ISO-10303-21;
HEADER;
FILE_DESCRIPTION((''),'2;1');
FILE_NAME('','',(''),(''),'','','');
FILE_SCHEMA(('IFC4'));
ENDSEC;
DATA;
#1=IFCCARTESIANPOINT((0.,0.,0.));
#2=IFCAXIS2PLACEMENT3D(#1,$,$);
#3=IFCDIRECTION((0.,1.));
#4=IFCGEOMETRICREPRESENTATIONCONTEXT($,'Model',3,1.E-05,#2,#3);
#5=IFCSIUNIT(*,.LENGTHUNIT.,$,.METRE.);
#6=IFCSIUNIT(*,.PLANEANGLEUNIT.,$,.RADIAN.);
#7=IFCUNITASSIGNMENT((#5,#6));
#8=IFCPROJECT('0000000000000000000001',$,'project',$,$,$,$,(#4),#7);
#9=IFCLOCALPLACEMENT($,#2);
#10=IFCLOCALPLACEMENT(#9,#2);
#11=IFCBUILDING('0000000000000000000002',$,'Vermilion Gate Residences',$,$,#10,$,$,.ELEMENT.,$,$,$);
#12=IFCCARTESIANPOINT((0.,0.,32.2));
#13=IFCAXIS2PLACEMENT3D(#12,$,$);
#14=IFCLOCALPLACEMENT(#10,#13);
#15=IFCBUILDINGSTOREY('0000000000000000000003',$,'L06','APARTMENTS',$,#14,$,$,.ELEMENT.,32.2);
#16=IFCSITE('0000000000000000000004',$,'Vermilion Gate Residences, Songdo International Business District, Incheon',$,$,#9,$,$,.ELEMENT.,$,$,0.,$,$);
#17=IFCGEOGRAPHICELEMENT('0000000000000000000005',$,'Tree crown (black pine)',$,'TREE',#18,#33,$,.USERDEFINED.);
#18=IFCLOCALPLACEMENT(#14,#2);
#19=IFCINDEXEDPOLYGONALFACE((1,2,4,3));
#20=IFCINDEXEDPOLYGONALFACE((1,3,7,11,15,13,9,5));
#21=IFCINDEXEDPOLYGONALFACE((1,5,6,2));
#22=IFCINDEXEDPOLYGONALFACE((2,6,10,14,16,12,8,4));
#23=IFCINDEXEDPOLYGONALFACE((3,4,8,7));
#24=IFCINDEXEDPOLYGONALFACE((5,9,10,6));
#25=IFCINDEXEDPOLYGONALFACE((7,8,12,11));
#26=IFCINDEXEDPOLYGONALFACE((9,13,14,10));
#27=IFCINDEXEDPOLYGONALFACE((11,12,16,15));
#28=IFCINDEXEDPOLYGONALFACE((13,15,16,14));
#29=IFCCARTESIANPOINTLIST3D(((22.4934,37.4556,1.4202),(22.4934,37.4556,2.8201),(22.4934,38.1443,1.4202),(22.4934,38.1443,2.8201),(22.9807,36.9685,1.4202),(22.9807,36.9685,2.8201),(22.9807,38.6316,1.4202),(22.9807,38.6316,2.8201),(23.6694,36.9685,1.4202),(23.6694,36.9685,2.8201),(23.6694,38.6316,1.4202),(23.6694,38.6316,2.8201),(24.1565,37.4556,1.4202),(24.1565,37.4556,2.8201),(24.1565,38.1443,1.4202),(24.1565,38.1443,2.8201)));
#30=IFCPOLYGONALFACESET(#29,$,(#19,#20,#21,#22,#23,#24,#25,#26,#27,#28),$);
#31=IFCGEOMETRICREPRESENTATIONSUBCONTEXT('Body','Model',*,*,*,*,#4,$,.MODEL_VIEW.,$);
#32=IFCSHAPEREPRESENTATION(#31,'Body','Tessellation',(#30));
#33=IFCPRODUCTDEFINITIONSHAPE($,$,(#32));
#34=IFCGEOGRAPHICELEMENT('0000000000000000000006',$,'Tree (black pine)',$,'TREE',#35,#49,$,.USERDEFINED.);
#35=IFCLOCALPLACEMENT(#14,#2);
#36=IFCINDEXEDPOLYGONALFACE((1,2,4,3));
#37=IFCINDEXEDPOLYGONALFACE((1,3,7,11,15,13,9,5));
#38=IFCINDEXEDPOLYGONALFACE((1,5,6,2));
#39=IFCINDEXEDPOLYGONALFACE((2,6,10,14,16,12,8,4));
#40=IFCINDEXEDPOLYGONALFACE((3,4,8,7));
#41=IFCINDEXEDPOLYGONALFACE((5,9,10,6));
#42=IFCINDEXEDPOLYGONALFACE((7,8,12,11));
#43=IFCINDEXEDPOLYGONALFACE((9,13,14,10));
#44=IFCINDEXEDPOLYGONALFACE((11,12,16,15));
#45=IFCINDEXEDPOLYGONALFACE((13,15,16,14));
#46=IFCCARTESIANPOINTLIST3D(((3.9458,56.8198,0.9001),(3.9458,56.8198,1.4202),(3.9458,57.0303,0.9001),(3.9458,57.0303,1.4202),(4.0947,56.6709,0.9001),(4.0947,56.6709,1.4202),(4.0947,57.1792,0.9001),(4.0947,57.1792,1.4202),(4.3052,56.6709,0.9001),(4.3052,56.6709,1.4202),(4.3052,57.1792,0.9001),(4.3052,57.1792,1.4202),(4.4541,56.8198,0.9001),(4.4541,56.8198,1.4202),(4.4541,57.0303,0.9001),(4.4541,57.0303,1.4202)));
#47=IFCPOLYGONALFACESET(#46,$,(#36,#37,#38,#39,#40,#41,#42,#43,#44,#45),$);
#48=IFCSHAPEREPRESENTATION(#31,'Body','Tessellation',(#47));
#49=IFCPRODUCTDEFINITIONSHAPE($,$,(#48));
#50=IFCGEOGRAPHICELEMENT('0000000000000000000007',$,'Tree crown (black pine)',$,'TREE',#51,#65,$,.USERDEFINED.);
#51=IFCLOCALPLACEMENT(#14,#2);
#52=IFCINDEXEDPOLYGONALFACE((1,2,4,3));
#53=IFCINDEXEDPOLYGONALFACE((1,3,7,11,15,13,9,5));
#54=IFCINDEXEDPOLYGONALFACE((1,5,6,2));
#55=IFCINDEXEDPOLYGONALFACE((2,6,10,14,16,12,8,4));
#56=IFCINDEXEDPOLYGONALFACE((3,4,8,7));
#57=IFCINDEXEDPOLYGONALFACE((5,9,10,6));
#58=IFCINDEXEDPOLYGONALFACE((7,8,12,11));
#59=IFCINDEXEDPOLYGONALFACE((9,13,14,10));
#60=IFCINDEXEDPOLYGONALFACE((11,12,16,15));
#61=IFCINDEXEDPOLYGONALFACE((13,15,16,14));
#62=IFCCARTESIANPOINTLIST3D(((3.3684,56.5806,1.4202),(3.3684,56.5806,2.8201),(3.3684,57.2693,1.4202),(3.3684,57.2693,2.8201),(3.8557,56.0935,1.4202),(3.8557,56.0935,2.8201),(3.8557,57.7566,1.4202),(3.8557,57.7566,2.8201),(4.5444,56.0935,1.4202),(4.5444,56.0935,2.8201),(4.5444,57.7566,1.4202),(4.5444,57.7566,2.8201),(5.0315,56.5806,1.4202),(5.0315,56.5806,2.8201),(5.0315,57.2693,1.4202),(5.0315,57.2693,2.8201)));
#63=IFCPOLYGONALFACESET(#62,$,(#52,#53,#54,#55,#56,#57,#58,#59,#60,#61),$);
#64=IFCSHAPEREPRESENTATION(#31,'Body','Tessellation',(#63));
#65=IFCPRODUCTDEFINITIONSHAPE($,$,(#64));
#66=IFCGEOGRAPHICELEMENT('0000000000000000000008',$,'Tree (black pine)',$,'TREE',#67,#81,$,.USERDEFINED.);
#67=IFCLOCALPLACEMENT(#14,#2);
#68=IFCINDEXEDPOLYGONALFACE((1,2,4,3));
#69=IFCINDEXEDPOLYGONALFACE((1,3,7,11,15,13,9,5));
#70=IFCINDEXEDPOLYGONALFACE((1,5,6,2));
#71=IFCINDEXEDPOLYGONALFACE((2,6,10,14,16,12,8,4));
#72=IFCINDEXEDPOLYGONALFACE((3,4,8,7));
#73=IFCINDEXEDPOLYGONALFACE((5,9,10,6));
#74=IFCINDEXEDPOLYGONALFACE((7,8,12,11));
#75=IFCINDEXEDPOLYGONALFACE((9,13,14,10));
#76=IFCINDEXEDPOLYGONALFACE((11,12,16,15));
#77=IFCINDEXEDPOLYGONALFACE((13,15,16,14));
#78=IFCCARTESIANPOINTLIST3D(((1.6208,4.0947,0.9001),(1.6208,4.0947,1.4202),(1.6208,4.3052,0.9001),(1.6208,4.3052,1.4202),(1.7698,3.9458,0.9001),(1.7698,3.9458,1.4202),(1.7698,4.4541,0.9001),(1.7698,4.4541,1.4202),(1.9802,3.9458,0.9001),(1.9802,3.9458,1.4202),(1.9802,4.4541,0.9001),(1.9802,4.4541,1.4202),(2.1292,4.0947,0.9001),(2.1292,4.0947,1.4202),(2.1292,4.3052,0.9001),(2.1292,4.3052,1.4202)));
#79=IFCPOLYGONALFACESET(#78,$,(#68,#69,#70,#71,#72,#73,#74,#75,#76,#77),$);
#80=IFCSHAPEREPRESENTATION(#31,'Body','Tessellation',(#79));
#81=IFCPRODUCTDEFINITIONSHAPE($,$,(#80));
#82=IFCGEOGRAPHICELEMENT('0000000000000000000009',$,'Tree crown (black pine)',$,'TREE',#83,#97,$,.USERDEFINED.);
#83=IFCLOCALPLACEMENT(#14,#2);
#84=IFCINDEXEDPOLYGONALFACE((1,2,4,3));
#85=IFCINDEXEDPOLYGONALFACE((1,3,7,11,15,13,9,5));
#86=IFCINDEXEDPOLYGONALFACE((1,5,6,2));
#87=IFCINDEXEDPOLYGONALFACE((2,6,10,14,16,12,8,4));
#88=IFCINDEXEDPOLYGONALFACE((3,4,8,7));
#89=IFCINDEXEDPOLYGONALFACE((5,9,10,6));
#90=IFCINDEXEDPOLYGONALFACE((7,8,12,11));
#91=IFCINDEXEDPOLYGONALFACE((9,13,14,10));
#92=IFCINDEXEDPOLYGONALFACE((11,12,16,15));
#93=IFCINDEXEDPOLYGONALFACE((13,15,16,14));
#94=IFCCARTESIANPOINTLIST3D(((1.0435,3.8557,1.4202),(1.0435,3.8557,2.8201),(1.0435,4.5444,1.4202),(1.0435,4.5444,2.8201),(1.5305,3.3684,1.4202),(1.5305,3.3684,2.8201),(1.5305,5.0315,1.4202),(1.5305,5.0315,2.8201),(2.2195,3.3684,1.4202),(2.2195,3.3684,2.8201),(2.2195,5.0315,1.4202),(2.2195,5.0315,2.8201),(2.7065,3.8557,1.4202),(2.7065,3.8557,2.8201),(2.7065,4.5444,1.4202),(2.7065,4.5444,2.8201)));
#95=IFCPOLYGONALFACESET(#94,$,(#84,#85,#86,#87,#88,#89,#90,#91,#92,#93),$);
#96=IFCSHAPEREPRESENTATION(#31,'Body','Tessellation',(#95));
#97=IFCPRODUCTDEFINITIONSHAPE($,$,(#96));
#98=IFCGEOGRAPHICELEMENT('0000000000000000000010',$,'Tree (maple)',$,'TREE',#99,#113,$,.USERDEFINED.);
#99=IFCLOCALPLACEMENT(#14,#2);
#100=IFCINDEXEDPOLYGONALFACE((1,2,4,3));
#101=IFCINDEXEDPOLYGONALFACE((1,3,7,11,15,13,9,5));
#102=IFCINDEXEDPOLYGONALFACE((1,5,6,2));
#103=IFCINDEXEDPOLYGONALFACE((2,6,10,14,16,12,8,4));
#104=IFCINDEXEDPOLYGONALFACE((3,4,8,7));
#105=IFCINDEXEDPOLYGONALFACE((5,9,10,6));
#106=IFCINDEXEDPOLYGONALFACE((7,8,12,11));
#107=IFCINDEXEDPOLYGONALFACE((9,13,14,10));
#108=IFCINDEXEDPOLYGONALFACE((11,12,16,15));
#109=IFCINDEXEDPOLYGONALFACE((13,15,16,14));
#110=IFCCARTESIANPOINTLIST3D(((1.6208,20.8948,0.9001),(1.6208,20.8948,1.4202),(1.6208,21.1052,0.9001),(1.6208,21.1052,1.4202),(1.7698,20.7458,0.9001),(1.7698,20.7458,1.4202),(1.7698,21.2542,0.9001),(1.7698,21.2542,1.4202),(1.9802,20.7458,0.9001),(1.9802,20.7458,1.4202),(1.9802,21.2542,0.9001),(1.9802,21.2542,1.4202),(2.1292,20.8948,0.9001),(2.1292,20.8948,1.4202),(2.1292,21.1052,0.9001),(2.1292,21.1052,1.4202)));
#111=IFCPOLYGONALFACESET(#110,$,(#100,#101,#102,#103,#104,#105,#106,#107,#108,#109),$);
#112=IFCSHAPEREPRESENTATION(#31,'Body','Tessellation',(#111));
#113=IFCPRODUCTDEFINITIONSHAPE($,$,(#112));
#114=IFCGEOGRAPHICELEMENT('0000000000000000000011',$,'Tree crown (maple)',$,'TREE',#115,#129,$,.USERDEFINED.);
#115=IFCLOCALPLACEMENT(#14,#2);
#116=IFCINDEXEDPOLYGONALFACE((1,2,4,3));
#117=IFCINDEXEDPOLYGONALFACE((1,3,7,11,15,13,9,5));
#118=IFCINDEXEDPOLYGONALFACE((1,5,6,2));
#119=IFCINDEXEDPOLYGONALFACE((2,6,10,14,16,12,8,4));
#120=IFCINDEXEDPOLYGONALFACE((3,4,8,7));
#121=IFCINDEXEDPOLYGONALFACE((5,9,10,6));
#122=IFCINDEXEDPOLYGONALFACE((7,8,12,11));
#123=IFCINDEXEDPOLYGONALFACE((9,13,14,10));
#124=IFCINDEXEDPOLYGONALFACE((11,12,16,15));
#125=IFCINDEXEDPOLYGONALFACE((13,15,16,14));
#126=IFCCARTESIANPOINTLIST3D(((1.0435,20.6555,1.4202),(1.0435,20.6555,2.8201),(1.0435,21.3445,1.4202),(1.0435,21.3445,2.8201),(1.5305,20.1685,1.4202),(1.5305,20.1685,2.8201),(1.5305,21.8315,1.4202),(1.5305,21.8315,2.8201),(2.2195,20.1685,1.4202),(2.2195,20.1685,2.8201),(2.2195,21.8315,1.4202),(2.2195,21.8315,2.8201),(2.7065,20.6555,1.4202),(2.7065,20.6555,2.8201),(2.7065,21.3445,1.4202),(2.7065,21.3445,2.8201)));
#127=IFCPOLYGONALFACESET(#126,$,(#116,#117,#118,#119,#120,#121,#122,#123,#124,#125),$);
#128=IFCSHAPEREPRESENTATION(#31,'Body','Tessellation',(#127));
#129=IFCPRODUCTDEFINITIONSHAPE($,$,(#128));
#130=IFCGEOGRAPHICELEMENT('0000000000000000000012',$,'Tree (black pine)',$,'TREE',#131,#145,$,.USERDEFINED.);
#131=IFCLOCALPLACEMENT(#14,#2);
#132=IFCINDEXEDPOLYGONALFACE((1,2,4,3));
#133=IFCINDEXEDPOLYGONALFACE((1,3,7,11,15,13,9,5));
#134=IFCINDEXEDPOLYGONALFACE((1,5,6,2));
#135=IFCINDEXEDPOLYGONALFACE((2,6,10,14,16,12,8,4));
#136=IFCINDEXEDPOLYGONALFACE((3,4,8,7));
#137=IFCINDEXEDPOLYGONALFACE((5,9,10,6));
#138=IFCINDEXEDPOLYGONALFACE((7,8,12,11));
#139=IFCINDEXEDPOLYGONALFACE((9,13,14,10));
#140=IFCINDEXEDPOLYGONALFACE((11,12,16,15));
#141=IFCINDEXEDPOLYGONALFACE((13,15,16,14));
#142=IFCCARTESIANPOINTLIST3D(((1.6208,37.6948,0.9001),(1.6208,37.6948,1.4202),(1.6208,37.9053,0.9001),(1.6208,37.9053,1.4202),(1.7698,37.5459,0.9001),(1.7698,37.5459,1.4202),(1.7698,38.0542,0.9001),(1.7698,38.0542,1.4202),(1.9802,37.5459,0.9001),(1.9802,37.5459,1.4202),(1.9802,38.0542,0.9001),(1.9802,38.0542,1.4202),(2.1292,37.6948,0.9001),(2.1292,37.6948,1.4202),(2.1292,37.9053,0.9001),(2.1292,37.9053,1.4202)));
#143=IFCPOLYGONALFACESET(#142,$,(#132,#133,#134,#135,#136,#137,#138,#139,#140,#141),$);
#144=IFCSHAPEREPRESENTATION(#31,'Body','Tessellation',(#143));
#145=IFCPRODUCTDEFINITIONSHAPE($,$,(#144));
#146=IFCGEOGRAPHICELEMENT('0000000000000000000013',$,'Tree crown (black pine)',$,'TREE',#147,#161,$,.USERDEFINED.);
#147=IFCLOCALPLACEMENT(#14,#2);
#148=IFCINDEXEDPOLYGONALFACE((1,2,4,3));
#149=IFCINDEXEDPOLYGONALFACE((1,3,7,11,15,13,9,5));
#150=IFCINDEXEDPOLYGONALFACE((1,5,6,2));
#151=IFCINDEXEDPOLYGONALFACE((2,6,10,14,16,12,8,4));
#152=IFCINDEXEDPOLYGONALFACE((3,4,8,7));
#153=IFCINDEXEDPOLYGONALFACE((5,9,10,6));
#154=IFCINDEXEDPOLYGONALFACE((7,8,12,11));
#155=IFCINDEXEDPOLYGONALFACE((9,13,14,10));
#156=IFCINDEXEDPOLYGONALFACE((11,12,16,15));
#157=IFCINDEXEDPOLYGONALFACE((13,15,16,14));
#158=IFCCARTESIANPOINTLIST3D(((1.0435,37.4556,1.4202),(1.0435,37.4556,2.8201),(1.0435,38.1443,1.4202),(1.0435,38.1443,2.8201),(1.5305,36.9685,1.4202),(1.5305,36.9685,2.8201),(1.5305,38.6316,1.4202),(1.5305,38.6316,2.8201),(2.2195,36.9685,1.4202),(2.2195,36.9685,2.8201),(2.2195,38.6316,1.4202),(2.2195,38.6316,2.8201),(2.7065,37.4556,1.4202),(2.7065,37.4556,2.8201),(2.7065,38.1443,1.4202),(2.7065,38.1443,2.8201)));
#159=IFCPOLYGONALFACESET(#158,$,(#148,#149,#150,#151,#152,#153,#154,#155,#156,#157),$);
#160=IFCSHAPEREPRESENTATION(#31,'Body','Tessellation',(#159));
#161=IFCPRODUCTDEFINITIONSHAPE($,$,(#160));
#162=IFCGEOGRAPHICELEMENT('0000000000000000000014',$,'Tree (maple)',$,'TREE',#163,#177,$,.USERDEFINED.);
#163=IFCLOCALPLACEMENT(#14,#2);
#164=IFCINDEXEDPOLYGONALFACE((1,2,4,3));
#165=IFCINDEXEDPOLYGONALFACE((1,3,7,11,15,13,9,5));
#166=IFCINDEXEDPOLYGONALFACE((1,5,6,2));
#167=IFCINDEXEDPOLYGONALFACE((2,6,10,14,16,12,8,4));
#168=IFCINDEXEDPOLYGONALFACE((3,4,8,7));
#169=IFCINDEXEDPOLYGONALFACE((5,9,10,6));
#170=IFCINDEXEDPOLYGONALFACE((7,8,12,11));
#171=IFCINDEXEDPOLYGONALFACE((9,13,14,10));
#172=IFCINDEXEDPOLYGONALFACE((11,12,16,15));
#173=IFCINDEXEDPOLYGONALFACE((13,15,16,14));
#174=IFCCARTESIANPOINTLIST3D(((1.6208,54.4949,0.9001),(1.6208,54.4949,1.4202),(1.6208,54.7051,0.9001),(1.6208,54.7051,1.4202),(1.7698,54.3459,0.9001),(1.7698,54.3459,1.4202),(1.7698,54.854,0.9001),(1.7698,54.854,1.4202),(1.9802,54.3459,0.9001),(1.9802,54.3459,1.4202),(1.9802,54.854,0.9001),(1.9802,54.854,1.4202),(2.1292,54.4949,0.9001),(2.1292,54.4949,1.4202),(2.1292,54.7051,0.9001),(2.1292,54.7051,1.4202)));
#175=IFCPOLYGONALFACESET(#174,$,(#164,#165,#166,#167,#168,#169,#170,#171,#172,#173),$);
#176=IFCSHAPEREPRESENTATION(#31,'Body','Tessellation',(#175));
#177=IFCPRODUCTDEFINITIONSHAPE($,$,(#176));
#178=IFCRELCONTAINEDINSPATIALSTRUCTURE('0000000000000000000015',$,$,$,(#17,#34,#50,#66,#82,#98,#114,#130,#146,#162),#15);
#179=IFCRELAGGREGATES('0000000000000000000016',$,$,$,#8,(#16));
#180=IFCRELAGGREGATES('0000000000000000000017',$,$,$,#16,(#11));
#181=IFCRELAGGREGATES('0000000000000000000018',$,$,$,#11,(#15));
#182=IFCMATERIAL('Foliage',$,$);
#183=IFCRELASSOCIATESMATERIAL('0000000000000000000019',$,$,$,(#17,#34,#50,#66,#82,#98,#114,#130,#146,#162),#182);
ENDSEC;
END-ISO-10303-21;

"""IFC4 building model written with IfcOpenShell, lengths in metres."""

from ifc_helpers import new_model, si_unit, direction, frame, origin, place, context, subcontext, project, spatial, polyline, outline, extrude, material, element, save


model = new_model("IFC4")

# Units and contexts
model_context = context("Model", 3, precision=1e-05, world=origin(), true_north=direction((0.0, 1.0)))
body_context = subcontext(model_context, "Body", "Model", "MODEL_VIEW")
ifc_project = project(units=[si_unit("LENGTHUNIT", "METRE"), si_unit("PLANEANGLEUNIT", "RADIAN")], contexts=[model_context])

# Site, building, storey
site_placement = place(None, origin())
site = spatial("IfcSite", under=ifc_project, at=site_placement, Name="Vermilion Gate Residences, Songdo International Business District, Incheon", CompositionType="ELEMENT", RefElevation=0.0)
building_placement = place(site_placement, origin())
building = spatial("IfcBuilding", under=site, at=building_placement, Name="Vermilion Gate Residences", CompositionType="ELEMENT")
storey_placement = place(building_placement, frame((0.0, 0.0, 32.2)))
storey = spatial("IfcBuildingStorey", under=building, at=storey_placement, Name="L06", Description="APARTMENTS", CompositionType="ELEMENT", Elevation=32.2)

# Geographic elements
ifc_material_1 = material(Name="Foliage")
geographic_element_1_placement = place(storey_placement, frame((0.0, 0.0, 1.4202)))
element("IfcGeographicElement", 1, at=geographic_element_1_placement, inside=storey, material=ifc_material_1, Name="Tree crown (black pine)", ObjectType="TREE", PredefinedType="USERDEFINED", context=body_context, shape_type="SweptSolid", body=[
    extrude(outline(polyline([(24.1565, 38.1443), (23.6694, 38.6316), (22.9807, 38.6316), (22.4934, 38.1443), (22.4934, 37.4556), (22.9807, 36.9685), (23.6694, 36.9685), (24.1565, 37.4556), (24.1565, 38.1443)])), origin(), (0.0, 0.0, 1.0), 1.3999),
])
geographic_element_2_placement = place(storey_placement, frame((0.0, 0.0, 0.9001)))
element("IfcGeographicElement", 2, at=geographic_element_2_placement, inside=storey, material=ifc_material_1, Name="Tree (black pine)", ObjectType="TREE", PredefinedType="USERDEFINED", context=body_context, shape_type="SweptSolid", body=[
    extrude(outline(polyline([(4.4541, 57.0303), (4.3052, 57.1792), (4.0947, 57.1792), (3.9458, 57.0303), (3.9458, 56.8198), (4.0947, 56.6709), (4.3052, 56.6709), (4.4541, 56.8198), (4.4541, 57.0303)])), origin(), (0.0, 0.0, 1.0), 0.52),
])
geographic_element_3_placement = place(storey_placement, frame((0.0, 0.0, 1.4202)))
element("IfcGeographicElement", 3, at=geographic_element_3_placement, inside=storey, material=ifc_material_1, Name="Tree crown (black pine)", ObjectType="TREE", PredefinedType="USERDEFINED", context=body_context, shape_type="SweptSolid", body=[
    extrude(outline(polyline([(5.0315, 57.2693), (4.5444, 57.7566), (3.8557, 57.7566), (3.3684, 57.2693), (3.3684, 56.5806), (3.8557, 56.0935), (4.5444, 56.0935), (5.0315, 56.5806), (5.0315, 57.2693)])), origin(), (0.0, 0.0, 1.0), 1.3999),
])
geographic_element_4_placement = place(storey_placement, frame((0.0, 0.0, 0.9001)))
element("IfcGeographicElement", 4, at=geographic_element_4_placement, inside=storey, material=ifc_material_1, Name="Tree (black pine)", ObjectType="TREE", PredefinedType="USERDEFINED", context=body_context, shape_type="SweptSolid", body=[
    extrude(outline(polyline([(2.1292, 4.3052), (1.9802, 4.4541), (1.7698, 4.4541), (1.6208, 4.3052), (1.6208, 4.0947), (1.7698, 3.9458), (1.9802, 3.9458), (2.1292, 4.0947), (2.1292, 4.3052)])), origin(), (0.0, 0.0, 1.0), 0.52),
])
geographic_element_5_placement = place(storey_placement, frame((0.0, 0.0, 1.4202)))
element("IfcGeographicElement", 5, at=geographic_element_5_placement, inside=storey, material=ifc_material_1, Name="Tree crown (black pine)", ObjectType="TREE", PredefinedType="USERDEFINED", context=body_context, shape_type="SweptSolid", body=[
    extrude(outline(polyline([(2.7065, 4.5444), (2.2195, 5.0315), (1.5305, 5.0315), (1.0435, 4.5444), (1.0435, 3.8557), (1.5305, 3.3684), (2.2195, 3.3684), (2.7065, 3.8557), (2.7065, 4.5444)])), origin(), (0.0, 0.0, 1.0), 1.3999),
])
geographic_element_6_placement = place(storey_placement, frame((0.0, 0.0, 0.9001)))
element("IfcGeographicElement", 6, at=geographic_element_6_placement, inside=storey, material=ifc_material_1, Name="Tree (maple)", ObjectType="TREE", PredefinedType="USERDEFINED", context=body_context, shape_type="SweptSolid", body=[
    extrude(outline(polyline([(2.1292, 21.1052), (1.9802, 21.2542), (1.7698, 21.2542), (1.6208, 21.1052), (1.6208, 20.8948), (1.7698, 20.7458), (1.9802, 20.7458), (2.1292, 20.8948), (2.1292, 21.1052)])), origin(), (0.0, 0.0, 1.0), 0.52),
])
geographic_element_7_placement = place(storey_placement, frame((0.0, 0.0, 1.4202)))
element("IfcGeographicElement", 7, at=geographic_element_7_placement, inside=storey, material=ifc_material_1, Name="Tree crown (maple)", ObjectType="TREE", PredefinedType="USERDEFINED", context=body_context, shape_type="SweptSolid", body=[
    extrude(outline(polyline([(2.7065, 21.3445), (2.2195, 21.8315), (1.5305, 21.8315), (1.0435, 21.3445), (1.0435, 20.6555), (1.5305, 20.1685), (2.2195, 20.1685), (2.7065, 20.6555), (2.7065, 21.3445)])), origin(), (0.0, 0.0, 1.0), 1.3999),
])
geographic_element_8_placement = place(storey_placement, frame((0.0, 0.0, 0.9001)))
element("IfcGeographicElement", 8, at=geographic_element_8_placement, inside=storey, material=ifc_material_1, Name="Tree (black pine)", ObjectType="TREE", PredefinedType="USERDEFINED", context=body_context, shape_type="SweptSolid", body=[
    extrude(outline(polyline([(2.1292, 37.9053), (1.9802, 38.0542), (1.7698, 38.0542), (1.6208, 37.9053), (1.6208, 37.6948), (1.7698, 37.5459), (1.9802, 37.5459), (2.1292, 37.6948), (2.1292, 37.9053)])), origin(), (0.0, 0.0, 1.0), 0.52),
])
geographic_element_9_placement = place(storey_placement, frame((0.0, 0.0, 1.4202)))
element("IfcGeographicElement", 9, at=geographic_element_9_placement, inside=storey, material=ifc_material_1, Name="Tree crown (black pine)", ObjectType="TREE", PredefinedType="USERDEFINED", context=body_context, shape_type="SweptSolid", body=[
    extrude(outline(polyline([(2.7065, 38.1443), (2.2195, 38.6316), (1.5305, 38.6316), (1.0435, 38.1443), (1.0435, 37.4556), (1.5305, 36.9685), (2.2195, 36.9685), (2.7065, 37.4556), (2.7065, 38.1443)])), origin(), (0.0, 0.0, 1.0), 1.3999),
])
geographic_element_10_placement = place(storey_placement, frame((0.0, 0.0, 0.9001)))
element("IfcGeographicElement", 10, at=geographic_element_10_placement, inside=storey, material=ifc_material_1, Name="Tree (maple)", ObjectType="TREE", PredefinedType="USERDEFINED", context=body_context, shape_type="SweptSolid", body=[
    extrude(outline(polyline([(2.1292, 54.7051), (1.9802, 54.854), (1.7698, 54.854), (1.6208, 54.7051), (1.6208, 54.4949), (1.7698, 54.3459), (1.9802, 54.3459), (2.1292, 54.4949), (2.1292, 54.7051)])), origin(), (0.0, 0.0, 1.0), 0.52),
])

save(model, "model.ifc")
